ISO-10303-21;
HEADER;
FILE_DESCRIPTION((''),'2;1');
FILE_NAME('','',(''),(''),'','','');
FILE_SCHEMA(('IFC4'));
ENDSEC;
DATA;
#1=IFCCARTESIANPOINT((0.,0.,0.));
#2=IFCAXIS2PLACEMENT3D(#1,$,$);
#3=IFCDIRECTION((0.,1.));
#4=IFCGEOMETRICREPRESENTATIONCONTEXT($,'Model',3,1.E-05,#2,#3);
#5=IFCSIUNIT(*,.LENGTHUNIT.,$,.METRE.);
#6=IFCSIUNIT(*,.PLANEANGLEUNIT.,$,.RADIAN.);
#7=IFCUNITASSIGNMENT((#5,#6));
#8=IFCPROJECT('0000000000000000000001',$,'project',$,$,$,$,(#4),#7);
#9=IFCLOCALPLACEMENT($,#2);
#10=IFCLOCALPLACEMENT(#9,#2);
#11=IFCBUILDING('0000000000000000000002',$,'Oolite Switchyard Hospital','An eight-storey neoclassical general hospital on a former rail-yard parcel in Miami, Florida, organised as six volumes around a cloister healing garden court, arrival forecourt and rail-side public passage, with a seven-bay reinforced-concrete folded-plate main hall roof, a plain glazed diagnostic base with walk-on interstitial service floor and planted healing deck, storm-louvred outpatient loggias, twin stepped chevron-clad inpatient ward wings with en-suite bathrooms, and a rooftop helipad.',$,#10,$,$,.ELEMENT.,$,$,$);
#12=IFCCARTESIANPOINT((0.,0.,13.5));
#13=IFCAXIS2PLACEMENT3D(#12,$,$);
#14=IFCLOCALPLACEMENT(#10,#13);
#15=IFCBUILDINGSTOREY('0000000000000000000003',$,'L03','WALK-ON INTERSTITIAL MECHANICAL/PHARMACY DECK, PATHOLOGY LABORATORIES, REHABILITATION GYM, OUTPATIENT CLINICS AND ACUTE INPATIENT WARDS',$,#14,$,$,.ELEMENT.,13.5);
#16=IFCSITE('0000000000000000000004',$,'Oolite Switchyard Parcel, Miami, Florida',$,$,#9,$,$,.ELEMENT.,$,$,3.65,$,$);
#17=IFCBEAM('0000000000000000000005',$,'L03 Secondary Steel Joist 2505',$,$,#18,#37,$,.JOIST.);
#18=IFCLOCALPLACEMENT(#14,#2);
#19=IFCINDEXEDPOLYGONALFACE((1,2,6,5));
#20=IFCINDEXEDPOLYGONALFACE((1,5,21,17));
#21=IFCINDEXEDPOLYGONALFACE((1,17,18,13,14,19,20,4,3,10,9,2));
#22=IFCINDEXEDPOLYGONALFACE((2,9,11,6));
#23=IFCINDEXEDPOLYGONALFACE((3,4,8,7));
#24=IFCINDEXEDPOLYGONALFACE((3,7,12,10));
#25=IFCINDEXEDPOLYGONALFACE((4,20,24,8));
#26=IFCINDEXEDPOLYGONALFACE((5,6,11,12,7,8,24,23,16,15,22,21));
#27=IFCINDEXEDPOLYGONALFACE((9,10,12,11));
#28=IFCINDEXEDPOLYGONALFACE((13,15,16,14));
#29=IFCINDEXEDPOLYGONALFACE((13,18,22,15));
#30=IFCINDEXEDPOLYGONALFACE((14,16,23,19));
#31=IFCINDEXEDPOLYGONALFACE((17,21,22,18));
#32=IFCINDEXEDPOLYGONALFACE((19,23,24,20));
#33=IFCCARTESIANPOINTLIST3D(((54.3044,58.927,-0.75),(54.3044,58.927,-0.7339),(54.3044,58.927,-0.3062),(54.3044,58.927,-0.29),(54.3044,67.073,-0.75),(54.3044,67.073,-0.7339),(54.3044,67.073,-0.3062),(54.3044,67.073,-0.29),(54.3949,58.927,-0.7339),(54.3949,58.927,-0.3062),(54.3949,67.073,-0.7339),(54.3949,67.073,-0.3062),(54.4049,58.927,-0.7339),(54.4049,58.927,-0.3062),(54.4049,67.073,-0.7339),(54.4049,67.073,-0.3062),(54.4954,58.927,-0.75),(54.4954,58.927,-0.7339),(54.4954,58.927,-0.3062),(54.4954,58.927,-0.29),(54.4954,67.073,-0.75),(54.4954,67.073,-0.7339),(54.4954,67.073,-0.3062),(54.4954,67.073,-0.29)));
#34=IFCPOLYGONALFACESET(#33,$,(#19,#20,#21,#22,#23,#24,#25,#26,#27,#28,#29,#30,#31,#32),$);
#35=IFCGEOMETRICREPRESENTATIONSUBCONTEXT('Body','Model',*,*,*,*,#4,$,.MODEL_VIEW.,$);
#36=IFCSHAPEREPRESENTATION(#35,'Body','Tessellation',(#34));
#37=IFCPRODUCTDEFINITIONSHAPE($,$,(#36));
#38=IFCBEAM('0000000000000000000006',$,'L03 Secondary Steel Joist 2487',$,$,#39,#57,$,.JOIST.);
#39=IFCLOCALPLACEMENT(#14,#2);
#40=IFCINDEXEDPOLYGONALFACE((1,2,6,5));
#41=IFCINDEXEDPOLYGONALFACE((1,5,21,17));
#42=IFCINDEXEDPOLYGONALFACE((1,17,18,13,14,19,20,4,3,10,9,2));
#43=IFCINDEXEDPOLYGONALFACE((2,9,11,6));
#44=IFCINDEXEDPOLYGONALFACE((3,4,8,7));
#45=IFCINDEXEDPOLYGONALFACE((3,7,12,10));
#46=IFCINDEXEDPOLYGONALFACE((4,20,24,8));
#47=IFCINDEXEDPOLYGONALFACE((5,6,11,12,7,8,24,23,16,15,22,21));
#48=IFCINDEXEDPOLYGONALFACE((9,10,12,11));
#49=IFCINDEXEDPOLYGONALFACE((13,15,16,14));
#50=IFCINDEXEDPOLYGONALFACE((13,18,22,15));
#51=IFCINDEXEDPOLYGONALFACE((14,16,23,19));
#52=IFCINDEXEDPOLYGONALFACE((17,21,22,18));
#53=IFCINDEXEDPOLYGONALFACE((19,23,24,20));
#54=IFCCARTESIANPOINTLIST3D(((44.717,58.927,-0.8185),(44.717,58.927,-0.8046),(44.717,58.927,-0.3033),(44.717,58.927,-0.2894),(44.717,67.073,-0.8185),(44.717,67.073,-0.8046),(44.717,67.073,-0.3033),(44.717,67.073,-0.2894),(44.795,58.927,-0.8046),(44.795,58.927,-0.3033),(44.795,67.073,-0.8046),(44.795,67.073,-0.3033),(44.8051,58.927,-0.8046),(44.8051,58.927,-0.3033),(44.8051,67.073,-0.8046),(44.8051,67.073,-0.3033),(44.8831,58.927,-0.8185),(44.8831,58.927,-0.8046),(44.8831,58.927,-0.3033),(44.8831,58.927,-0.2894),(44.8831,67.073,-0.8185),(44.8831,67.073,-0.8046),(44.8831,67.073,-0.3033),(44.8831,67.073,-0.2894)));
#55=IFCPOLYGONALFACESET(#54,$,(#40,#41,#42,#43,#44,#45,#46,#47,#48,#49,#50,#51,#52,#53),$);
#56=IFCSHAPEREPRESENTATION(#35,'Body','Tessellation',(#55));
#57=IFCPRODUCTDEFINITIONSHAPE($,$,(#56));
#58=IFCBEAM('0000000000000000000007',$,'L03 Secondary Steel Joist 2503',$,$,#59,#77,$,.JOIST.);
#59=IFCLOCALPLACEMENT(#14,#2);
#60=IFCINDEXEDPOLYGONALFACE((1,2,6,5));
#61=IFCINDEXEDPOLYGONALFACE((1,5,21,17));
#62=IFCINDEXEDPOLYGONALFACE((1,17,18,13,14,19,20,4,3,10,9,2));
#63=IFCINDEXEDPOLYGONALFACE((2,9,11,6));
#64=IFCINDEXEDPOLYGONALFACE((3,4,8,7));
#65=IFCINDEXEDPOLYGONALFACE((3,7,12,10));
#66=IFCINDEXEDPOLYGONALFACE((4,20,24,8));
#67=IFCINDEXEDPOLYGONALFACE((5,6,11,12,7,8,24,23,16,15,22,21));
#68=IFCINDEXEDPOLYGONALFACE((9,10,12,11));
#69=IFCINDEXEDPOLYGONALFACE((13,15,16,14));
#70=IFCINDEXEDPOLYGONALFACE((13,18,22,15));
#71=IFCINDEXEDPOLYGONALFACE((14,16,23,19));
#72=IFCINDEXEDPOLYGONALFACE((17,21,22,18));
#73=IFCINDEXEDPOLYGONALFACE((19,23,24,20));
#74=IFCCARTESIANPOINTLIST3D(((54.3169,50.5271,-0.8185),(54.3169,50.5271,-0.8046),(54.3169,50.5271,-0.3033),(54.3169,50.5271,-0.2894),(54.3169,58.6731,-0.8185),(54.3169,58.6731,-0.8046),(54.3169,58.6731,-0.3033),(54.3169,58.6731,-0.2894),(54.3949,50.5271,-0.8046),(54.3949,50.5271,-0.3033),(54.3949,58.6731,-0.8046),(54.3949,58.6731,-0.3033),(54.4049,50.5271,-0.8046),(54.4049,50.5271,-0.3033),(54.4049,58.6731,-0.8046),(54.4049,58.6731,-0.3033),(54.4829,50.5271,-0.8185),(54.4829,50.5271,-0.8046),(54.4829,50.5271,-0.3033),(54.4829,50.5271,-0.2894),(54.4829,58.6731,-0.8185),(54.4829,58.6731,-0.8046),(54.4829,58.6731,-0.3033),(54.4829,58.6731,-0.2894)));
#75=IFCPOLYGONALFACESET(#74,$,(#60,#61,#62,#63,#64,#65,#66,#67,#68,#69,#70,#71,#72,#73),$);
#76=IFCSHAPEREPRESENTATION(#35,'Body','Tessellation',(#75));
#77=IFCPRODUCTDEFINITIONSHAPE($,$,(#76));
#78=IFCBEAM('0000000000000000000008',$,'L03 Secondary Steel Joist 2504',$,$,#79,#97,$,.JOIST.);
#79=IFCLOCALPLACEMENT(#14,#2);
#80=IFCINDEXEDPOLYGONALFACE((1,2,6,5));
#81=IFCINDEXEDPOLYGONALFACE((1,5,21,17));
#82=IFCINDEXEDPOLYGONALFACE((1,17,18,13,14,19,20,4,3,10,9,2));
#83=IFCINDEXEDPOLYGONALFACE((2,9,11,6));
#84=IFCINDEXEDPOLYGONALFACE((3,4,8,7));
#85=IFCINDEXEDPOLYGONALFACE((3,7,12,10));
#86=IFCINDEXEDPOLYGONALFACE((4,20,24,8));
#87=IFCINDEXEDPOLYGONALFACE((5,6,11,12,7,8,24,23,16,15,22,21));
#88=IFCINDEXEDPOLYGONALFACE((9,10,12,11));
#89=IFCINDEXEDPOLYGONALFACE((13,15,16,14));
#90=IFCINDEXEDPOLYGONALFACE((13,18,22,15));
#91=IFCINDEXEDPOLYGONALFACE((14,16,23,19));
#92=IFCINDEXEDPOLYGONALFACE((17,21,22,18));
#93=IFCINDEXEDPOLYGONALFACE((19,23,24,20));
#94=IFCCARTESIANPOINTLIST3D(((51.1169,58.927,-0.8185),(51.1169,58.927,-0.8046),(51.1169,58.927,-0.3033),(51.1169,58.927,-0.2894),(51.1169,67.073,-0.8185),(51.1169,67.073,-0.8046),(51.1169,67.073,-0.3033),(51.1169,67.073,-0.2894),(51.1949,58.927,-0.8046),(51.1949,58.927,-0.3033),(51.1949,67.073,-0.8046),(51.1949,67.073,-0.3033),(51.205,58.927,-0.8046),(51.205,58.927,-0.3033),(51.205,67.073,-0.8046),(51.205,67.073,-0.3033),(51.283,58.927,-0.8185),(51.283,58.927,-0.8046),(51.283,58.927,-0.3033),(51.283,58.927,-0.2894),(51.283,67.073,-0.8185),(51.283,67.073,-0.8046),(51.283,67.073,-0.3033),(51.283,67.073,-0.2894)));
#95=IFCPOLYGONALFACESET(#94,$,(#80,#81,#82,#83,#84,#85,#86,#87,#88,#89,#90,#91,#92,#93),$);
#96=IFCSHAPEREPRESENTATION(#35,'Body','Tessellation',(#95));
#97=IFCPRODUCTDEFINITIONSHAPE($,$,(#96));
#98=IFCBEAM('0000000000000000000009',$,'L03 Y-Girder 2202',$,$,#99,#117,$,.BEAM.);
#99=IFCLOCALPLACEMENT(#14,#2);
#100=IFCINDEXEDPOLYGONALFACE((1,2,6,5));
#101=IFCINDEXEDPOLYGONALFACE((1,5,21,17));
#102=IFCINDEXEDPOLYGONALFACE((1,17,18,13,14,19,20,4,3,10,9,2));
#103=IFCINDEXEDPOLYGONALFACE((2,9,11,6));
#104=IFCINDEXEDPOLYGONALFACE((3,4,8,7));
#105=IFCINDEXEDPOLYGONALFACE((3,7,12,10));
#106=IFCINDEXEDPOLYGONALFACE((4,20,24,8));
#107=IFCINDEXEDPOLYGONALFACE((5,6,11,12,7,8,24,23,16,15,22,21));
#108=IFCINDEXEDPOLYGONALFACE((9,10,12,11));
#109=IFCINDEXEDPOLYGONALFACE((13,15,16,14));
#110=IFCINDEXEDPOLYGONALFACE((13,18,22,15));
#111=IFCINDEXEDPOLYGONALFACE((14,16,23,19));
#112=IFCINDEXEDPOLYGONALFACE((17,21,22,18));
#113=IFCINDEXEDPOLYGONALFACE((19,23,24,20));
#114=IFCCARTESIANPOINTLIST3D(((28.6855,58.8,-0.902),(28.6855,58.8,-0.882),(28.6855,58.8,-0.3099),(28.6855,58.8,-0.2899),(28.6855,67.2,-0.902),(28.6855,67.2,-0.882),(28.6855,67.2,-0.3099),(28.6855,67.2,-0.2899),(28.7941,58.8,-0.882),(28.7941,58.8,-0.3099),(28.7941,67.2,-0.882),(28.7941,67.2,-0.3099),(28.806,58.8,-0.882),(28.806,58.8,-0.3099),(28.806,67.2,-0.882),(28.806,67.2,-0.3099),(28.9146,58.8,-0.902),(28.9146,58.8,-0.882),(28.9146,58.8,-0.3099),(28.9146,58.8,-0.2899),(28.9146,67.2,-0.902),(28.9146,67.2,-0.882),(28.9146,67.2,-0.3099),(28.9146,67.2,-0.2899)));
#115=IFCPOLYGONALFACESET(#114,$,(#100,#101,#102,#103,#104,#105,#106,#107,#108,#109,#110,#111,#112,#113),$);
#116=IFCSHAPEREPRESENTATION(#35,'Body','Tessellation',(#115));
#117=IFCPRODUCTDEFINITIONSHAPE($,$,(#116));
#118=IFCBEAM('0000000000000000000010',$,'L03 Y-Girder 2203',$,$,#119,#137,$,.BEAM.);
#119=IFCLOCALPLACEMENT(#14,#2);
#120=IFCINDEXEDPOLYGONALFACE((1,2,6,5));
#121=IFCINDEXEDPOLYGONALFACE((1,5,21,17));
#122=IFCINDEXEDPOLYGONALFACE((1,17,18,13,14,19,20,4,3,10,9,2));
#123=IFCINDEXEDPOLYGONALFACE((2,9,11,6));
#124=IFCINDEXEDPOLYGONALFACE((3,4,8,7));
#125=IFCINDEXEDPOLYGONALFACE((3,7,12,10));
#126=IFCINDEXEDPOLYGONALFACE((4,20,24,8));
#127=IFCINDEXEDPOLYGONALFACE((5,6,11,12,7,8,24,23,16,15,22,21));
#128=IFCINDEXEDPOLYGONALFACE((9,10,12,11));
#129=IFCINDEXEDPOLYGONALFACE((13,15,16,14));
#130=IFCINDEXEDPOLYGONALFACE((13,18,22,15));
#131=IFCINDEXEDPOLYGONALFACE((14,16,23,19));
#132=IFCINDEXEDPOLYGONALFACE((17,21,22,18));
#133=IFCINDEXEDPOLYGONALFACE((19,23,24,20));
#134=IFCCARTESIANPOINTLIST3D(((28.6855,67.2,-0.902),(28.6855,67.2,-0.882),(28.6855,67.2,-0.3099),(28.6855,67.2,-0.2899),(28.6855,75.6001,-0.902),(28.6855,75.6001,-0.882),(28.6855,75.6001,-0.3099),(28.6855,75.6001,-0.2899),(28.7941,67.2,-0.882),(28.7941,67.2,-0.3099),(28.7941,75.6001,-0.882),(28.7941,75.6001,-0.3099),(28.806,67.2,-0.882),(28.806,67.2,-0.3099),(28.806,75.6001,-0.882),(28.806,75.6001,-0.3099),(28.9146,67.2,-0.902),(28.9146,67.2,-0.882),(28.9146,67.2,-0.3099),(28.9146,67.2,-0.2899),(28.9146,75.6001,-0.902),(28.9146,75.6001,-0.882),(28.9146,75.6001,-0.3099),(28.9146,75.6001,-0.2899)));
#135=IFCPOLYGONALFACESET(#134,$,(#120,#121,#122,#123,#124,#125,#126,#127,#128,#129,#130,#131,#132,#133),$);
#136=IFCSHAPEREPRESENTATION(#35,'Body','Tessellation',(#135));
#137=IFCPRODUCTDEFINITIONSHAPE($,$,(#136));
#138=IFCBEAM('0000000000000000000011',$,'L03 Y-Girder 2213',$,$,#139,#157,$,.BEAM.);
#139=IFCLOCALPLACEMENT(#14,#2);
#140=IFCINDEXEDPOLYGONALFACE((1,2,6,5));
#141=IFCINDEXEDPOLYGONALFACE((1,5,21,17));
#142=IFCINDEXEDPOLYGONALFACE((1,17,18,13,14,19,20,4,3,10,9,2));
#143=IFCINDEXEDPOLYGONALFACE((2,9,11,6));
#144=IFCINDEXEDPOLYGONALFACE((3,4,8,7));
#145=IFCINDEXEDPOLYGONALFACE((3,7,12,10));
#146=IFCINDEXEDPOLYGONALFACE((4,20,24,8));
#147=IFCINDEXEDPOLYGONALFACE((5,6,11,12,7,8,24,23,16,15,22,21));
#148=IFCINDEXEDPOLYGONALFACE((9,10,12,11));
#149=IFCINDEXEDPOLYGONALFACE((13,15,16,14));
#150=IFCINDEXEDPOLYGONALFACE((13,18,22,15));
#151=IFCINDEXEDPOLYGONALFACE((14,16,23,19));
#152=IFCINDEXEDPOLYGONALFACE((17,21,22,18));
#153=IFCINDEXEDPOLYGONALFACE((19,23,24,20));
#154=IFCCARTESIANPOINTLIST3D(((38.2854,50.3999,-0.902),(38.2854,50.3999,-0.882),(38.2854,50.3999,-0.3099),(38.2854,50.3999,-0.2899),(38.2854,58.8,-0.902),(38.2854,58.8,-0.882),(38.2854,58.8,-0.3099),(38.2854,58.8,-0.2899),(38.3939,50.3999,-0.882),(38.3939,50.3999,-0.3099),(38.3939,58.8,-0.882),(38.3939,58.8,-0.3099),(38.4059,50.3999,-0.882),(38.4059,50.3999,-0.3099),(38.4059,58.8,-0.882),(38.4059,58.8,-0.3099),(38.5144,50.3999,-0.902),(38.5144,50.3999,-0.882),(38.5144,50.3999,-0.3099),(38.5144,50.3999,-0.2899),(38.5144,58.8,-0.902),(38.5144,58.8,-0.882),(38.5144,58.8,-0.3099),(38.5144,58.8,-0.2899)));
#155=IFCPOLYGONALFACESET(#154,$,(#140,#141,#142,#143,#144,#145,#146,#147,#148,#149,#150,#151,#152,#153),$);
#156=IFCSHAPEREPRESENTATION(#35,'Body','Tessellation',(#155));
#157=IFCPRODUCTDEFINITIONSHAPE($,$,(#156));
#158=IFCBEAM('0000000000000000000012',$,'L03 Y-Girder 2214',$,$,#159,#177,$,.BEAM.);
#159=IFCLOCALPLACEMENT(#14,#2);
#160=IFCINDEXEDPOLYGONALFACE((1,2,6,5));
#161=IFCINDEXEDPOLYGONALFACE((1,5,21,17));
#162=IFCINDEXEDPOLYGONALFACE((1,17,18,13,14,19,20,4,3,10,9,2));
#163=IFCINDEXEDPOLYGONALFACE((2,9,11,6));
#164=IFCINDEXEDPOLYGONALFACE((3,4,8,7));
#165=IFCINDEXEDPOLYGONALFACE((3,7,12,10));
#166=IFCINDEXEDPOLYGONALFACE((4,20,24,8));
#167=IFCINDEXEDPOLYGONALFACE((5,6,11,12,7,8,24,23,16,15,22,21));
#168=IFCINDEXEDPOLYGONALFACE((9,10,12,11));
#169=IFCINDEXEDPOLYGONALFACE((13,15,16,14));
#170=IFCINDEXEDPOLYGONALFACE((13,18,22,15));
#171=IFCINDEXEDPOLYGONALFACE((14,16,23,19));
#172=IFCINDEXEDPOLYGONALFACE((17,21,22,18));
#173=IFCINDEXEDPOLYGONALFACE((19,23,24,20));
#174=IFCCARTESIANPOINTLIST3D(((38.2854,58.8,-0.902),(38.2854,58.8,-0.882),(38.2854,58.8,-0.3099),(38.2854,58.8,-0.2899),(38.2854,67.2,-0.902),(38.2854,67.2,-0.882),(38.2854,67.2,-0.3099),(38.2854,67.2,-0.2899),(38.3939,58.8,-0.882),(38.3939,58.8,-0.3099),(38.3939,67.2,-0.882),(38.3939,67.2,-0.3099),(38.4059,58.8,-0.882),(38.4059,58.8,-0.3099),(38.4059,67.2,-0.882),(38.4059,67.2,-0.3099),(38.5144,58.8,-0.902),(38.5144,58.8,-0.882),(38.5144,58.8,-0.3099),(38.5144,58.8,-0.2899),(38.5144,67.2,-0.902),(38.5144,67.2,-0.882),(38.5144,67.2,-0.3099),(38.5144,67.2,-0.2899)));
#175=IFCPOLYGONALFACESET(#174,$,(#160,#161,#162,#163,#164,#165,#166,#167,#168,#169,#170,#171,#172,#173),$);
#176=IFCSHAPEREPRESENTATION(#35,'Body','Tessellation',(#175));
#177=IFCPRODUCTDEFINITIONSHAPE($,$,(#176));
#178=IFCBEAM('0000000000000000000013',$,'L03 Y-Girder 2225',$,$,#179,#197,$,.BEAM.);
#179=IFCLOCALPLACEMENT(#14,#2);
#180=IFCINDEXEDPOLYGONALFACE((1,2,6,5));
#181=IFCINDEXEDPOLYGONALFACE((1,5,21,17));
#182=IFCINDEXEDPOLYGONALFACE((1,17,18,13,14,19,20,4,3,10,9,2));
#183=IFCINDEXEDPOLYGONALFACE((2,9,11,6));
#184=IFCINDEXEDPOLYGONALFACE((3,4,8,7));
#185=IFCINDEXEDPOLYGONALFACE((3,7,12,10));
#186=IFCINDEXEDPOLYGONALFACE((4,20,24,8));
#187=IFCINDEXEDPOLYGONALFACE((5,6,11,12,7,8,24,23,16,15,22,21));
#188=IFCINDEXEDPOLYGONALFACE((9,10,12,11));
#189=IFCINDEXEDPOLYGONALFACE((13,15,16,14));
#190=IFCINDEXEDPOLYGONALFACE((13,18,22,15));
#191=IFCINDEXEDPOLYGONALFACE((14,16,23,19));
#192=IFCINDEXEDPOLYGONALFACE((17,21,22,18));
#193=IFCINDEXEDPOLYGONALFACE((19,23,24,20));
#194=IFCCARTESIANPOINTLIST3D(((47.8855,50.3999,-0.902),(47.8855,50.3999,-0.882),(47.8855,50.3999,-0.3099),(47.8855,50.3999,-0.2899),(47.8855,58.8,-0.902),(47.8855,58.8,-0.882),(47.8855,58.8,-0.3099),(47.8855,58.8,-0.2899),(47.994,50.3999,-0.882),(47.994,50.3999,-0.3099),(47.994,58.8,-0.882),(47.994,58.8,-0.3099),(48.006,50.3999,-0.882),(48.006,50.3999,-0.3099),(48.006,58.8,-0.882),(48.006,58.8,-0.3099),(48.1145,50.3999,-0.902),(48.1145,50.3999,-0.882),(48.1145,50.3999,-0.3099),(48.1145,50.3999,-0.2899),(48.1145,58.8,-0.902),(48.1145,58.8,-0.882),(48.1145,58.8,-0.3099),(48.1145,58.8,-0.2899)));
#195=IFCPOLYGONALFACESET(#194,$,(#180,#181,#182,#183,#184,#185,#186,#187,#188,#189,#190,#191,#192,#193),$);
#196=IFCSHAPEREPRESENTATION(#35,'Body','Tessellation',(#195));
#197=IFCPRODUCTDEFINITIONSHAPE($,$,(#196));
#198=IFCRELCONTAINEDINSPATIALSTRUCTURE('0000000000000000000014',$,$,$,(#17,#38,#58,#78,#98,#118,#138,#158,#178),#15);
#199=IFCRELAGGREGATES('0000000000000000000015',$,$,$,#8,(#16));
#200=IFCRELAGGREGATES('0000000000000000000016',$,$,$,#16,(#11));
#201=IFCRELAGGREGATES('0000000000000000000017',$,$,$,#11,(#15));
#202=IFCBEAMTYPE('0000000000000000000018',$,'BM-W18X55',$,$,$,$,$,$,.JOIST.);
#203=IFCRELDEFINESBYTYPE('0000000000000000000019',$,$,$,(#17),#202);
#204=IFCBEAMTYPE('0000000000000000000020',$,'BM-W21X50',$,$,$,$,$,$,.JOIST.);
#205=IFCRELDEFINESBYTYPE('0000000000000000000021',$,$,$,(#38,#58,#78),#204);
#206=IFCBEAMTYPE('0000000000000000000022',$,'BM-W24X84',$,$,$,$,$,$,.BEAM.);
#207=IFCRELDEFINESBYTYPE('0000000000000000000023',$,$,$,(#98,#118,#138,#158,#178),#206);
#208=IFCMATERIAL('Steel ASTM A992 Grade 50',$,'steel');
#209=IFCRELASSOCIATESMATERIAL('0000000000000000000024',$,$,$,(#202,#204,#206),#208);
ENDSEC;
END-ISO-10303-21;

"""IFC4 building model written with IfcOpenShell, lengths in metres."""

from ifc_helpers import new_model, si_unit, direction, frame, origin, origin_2d, place, context, subcontext, project, spatial, i_section, extrude, material, material_profile, profile_set, type_object, element, save


model = new_model("IFC4")

# Units and contexts
model_context = context("Model", 3, precision=1e-05, world=origin(), true_north=direction((0.0, 1.0)))
body_context = subcontext(model_context, "Body", "Model", "MODEL_VIEW")
ifc_project = project(units=[si_unit("LENGTHUNIT", "METRE"), si_unit("PLANEANGLEUNIT", "RADIAN")], contexts=[model_context])

# Site, building, storey
site_placement = place(None, origin())
site = spatial("IfcSite", under=ifc_project, at=site_placement, Name="Oolite Switchyard Parcel, Miami, Florida", CompositionType="ELEMENT", RefElevation=3.65)
building_placement = place(site_placement, origin())
building = spatial("IfcBuilding", under=site, at=building_placement, Name="Oolite Switchyard Hospital", Description="An eight-storey neoclassical general hospital on a former rail-yard parcel in Miami, Florida, organised as six volumes around a cloister healing garden court, arrival forecourt and rail-side public passage, with a seven-bay reinforced-concrete folded-plate main hall roof, a plain glazed diagnostic base with walk-on interstitial service floor and planted healing deck, storm-louvred outpatient loggias, twin stepped chevron-clad inpatient ward wings with en-suite bathrooms, and a rooftop helipad.", CompositionType="ELEMENT")
storey_placement = place(building_placement, frame((0.0, 0.0, 13.5)))
storey = spatial("IfcBuildingStorey", under=building, at=storey_placement, Name="L03", Description="WALK-ON INTERSTITIAL MECHANICAL/PHARMACY DECK, PATHOLOGY LABORATORIES, REHABILITATION GYM, OUTPATIENT CLINICS AND ACUTE INPATIENT WARDS", CompositionType="ELEMENT", Elevation=13.5)

# Beams
ifc_material_1 = material(Name="Steel ASTM A992 Grade 50", Category="steel")
ifc_material_profile_1 = material_profile(ifc_material_1, i_section(OverallWidth=0.1909, OverallDepth=0.46, WebThickness=0.01, FlangeThickness=0.0161, at=origin_2d()), Name="W18X55")
ifc_profile_set_1 = profile_set([ifc_material_profile_1], Name="Steel ASTM A992 Grade 50")
beam_type_1 = type_object("IfcBeamType", Name="BM-W18X55", PredefinedType="JOIST", material=ifc_profile_set_1)
beam_1_placement = place(storey_placement, frame((54.3999, 58.927, -0.52), z_axis=(0.0, 1.0, 0.0), x_axis=(-1.0, 0.0, 0.0)))
element("IfcBeam", 1, at=beam_1_placement, inside=storey, type_object=beam_type_1, Name="L03 Secondary Steel Joist 2505", PredefinedType="JOIST", context=body_context, shape_type="SweptSolid", body=[
    extrude(i_section(OverallWidth=0.1909, OverallDepth=0.46, WebThickness=0.01, FlangeThickness=0.0161, at=origin_2d()), origin(), (0.0, 0.0, 1.0), 8.146),
])
ifc_material_profile_2 = material_profile(ifc_material_1, i_section(OverallWidth=0.166, OverallDepth=0.5291, WebThickness=0.01, FlangeThickness=0.0139, at=origin_2d()), Name="W21X50")
ifc_profile_set_2 = profile_set([ifc_material_profile_2], Name="Steel ASTM A992 Grade 50")
beam_type_2 = type_object("IfcBeamType", Name="BM-W21X50", PredefinedType="JOIST", material=ifc_profile_set_2)
for number, where, z_axis, x_axis, name in (
    (2, (44.8, 58.927, -0.554), (0.0, 1.0, 0.0), (-1.0, 0.0, 0.0), "L03 Secondary Steel Joist 2487"),
    (3, (54.3999, 50.5271, -0.554), (0.0, 1.0, 0.0), (-1.0, 0.0, 0.0), "L03 Secondary Steel Joist 2503"),
    (4, (51.2, 58.927, -0.554), (0.0, 1.0, 0.0), (-1.0, 0.0, 0.0), "L03 Secondary Steel Joist 2504"),
):
    element("IfcBeam", number, at=place(storey_placement, frame(where, z_axis=z_axis, x_axis=x_axis)), inside=storey, type_object=beam_type_2, Name=name, PredefinedType="JOIST", context=body_context, shape_type="SweptSolid", body=[
        extrude(i_section(OverallWidth=0.166, OverallDepth=0.5291, WebThickness=0.01, FlangeThickness=0.0139, at=origin_2d()), origin(), (0.0, 0.0, 1.0), 8.146),
    ])
ifc_material_profile_3 = material_profile(ifc_material_1, i_section(OverallWidth=0.229, OverallDepth=0.6121, WebThickness=0.012, FlangeThickness=0.02, at=origin_2d()), Name="W24X84")
ifc_profile_set_3 = profile_set([ifc_material_profile_3], Name="Steel ASTM A992 Grade 50")
beam_type_3 = type_object("IfcBeamType", Name="BM-W24X84", PredefinedType="BEAM", material=ifc_profile_set_3)
beam_2_placement = place(storey_placement, frame((28.8, 58.8, -0.5959), z_axis=(0.0, 1.0, 0.0), x_axis=(-1.0, 0.0, 0.0)))
element("IfcBeam", 5, at=beam_2_placement, inside=storey, type_object=beam_type_3, Name="L03 Y-Girder 2202", PredefinedType="BEAM", context=body_context, shape_type="SweptSolid", body=[
    extrude(i_section(OverallWidth=0.229, OverallDepth=0.6121, WebThickness=0.012, FlangeThickness=0.02, at=origin_2d()), origin(), (0.0, 0.0, 1.0), 8.3999),
])
for number, where, z_axis, x_axis, name in (
    (6, (28.8, 67.2, -0.5959), (0.0, 1.0, 0.0), (-1.0, 0.0, 0.0), "L03 Y-Girder 2203"),
    (7, (38.3999, 50.3999, -0.5959), (0.0, 1.0, 0.0), (-1.0, 0.0, 0.0), "L03 Y-Girder 2213"),
):
    element("IfcBeam", number, at=place(storey_placement, frame(where, z_axis=z_axis, x_axis=x_axis)), inside=storey, type_object=beam_type_3, Name=name, PredefinedType="BEAM", context=body_context, shape_type="SweptSolid", body=[
        extrude(i_section(OverallWidth=0.229, OverallDepth=0.6121, WebThickness=0.012, FlangeThickness=0.02, at=origin_2d()), origin(), (0.0, 0.0, 1.0), 8.4001),
    ])
beam_3_placement = place(storey_placement, frame((38.3999, 58.8, -0.5959), z_axis=(0.0, 1.0, 0.0), x_axis=(-1.0, 0.0, 0.0)))
element("IfcBeam", 8, at=beam_3_placement, inside=storey, type_object=beam_type_3, Name="L03 Y-Girder 2214", PredefinedType="BEAM", context=body_context, shape_type="SweptSolid", body=[
    extrude(i_section(OverallWidth=0.229, OverallDepth=0.6121, WebThickness=0.012, FlangeThickness=0.02, at=origin_2d()), origin(), (0.0, 0.0, 1.0), 8.3999),
])
beam_4_placement = place(storey_placement, frame((48.0, 50.3999, -0.5959), z_axis=(0.0, 1.0, 0.0), x_axis=(-1.0, 0.0, 0.0)))
element("IfcBeam", 9, at=beam_4_placement, inside=storey, type_object=beam_type_3, Name="L03 Y-Girder 2225", PredefinedType="BEAM", context=body_context, shape_type="SweptSolid", body=[
    extrude(i_section(OverallWidth=0.229, OverallDepth=0.6121, WebThickness=0.012, FlangeThickness=0.02, at=origin_2d()), origin(), (0.0, 0.0, 1.0), 8.4001),
])

save(model, "model.ifc")
